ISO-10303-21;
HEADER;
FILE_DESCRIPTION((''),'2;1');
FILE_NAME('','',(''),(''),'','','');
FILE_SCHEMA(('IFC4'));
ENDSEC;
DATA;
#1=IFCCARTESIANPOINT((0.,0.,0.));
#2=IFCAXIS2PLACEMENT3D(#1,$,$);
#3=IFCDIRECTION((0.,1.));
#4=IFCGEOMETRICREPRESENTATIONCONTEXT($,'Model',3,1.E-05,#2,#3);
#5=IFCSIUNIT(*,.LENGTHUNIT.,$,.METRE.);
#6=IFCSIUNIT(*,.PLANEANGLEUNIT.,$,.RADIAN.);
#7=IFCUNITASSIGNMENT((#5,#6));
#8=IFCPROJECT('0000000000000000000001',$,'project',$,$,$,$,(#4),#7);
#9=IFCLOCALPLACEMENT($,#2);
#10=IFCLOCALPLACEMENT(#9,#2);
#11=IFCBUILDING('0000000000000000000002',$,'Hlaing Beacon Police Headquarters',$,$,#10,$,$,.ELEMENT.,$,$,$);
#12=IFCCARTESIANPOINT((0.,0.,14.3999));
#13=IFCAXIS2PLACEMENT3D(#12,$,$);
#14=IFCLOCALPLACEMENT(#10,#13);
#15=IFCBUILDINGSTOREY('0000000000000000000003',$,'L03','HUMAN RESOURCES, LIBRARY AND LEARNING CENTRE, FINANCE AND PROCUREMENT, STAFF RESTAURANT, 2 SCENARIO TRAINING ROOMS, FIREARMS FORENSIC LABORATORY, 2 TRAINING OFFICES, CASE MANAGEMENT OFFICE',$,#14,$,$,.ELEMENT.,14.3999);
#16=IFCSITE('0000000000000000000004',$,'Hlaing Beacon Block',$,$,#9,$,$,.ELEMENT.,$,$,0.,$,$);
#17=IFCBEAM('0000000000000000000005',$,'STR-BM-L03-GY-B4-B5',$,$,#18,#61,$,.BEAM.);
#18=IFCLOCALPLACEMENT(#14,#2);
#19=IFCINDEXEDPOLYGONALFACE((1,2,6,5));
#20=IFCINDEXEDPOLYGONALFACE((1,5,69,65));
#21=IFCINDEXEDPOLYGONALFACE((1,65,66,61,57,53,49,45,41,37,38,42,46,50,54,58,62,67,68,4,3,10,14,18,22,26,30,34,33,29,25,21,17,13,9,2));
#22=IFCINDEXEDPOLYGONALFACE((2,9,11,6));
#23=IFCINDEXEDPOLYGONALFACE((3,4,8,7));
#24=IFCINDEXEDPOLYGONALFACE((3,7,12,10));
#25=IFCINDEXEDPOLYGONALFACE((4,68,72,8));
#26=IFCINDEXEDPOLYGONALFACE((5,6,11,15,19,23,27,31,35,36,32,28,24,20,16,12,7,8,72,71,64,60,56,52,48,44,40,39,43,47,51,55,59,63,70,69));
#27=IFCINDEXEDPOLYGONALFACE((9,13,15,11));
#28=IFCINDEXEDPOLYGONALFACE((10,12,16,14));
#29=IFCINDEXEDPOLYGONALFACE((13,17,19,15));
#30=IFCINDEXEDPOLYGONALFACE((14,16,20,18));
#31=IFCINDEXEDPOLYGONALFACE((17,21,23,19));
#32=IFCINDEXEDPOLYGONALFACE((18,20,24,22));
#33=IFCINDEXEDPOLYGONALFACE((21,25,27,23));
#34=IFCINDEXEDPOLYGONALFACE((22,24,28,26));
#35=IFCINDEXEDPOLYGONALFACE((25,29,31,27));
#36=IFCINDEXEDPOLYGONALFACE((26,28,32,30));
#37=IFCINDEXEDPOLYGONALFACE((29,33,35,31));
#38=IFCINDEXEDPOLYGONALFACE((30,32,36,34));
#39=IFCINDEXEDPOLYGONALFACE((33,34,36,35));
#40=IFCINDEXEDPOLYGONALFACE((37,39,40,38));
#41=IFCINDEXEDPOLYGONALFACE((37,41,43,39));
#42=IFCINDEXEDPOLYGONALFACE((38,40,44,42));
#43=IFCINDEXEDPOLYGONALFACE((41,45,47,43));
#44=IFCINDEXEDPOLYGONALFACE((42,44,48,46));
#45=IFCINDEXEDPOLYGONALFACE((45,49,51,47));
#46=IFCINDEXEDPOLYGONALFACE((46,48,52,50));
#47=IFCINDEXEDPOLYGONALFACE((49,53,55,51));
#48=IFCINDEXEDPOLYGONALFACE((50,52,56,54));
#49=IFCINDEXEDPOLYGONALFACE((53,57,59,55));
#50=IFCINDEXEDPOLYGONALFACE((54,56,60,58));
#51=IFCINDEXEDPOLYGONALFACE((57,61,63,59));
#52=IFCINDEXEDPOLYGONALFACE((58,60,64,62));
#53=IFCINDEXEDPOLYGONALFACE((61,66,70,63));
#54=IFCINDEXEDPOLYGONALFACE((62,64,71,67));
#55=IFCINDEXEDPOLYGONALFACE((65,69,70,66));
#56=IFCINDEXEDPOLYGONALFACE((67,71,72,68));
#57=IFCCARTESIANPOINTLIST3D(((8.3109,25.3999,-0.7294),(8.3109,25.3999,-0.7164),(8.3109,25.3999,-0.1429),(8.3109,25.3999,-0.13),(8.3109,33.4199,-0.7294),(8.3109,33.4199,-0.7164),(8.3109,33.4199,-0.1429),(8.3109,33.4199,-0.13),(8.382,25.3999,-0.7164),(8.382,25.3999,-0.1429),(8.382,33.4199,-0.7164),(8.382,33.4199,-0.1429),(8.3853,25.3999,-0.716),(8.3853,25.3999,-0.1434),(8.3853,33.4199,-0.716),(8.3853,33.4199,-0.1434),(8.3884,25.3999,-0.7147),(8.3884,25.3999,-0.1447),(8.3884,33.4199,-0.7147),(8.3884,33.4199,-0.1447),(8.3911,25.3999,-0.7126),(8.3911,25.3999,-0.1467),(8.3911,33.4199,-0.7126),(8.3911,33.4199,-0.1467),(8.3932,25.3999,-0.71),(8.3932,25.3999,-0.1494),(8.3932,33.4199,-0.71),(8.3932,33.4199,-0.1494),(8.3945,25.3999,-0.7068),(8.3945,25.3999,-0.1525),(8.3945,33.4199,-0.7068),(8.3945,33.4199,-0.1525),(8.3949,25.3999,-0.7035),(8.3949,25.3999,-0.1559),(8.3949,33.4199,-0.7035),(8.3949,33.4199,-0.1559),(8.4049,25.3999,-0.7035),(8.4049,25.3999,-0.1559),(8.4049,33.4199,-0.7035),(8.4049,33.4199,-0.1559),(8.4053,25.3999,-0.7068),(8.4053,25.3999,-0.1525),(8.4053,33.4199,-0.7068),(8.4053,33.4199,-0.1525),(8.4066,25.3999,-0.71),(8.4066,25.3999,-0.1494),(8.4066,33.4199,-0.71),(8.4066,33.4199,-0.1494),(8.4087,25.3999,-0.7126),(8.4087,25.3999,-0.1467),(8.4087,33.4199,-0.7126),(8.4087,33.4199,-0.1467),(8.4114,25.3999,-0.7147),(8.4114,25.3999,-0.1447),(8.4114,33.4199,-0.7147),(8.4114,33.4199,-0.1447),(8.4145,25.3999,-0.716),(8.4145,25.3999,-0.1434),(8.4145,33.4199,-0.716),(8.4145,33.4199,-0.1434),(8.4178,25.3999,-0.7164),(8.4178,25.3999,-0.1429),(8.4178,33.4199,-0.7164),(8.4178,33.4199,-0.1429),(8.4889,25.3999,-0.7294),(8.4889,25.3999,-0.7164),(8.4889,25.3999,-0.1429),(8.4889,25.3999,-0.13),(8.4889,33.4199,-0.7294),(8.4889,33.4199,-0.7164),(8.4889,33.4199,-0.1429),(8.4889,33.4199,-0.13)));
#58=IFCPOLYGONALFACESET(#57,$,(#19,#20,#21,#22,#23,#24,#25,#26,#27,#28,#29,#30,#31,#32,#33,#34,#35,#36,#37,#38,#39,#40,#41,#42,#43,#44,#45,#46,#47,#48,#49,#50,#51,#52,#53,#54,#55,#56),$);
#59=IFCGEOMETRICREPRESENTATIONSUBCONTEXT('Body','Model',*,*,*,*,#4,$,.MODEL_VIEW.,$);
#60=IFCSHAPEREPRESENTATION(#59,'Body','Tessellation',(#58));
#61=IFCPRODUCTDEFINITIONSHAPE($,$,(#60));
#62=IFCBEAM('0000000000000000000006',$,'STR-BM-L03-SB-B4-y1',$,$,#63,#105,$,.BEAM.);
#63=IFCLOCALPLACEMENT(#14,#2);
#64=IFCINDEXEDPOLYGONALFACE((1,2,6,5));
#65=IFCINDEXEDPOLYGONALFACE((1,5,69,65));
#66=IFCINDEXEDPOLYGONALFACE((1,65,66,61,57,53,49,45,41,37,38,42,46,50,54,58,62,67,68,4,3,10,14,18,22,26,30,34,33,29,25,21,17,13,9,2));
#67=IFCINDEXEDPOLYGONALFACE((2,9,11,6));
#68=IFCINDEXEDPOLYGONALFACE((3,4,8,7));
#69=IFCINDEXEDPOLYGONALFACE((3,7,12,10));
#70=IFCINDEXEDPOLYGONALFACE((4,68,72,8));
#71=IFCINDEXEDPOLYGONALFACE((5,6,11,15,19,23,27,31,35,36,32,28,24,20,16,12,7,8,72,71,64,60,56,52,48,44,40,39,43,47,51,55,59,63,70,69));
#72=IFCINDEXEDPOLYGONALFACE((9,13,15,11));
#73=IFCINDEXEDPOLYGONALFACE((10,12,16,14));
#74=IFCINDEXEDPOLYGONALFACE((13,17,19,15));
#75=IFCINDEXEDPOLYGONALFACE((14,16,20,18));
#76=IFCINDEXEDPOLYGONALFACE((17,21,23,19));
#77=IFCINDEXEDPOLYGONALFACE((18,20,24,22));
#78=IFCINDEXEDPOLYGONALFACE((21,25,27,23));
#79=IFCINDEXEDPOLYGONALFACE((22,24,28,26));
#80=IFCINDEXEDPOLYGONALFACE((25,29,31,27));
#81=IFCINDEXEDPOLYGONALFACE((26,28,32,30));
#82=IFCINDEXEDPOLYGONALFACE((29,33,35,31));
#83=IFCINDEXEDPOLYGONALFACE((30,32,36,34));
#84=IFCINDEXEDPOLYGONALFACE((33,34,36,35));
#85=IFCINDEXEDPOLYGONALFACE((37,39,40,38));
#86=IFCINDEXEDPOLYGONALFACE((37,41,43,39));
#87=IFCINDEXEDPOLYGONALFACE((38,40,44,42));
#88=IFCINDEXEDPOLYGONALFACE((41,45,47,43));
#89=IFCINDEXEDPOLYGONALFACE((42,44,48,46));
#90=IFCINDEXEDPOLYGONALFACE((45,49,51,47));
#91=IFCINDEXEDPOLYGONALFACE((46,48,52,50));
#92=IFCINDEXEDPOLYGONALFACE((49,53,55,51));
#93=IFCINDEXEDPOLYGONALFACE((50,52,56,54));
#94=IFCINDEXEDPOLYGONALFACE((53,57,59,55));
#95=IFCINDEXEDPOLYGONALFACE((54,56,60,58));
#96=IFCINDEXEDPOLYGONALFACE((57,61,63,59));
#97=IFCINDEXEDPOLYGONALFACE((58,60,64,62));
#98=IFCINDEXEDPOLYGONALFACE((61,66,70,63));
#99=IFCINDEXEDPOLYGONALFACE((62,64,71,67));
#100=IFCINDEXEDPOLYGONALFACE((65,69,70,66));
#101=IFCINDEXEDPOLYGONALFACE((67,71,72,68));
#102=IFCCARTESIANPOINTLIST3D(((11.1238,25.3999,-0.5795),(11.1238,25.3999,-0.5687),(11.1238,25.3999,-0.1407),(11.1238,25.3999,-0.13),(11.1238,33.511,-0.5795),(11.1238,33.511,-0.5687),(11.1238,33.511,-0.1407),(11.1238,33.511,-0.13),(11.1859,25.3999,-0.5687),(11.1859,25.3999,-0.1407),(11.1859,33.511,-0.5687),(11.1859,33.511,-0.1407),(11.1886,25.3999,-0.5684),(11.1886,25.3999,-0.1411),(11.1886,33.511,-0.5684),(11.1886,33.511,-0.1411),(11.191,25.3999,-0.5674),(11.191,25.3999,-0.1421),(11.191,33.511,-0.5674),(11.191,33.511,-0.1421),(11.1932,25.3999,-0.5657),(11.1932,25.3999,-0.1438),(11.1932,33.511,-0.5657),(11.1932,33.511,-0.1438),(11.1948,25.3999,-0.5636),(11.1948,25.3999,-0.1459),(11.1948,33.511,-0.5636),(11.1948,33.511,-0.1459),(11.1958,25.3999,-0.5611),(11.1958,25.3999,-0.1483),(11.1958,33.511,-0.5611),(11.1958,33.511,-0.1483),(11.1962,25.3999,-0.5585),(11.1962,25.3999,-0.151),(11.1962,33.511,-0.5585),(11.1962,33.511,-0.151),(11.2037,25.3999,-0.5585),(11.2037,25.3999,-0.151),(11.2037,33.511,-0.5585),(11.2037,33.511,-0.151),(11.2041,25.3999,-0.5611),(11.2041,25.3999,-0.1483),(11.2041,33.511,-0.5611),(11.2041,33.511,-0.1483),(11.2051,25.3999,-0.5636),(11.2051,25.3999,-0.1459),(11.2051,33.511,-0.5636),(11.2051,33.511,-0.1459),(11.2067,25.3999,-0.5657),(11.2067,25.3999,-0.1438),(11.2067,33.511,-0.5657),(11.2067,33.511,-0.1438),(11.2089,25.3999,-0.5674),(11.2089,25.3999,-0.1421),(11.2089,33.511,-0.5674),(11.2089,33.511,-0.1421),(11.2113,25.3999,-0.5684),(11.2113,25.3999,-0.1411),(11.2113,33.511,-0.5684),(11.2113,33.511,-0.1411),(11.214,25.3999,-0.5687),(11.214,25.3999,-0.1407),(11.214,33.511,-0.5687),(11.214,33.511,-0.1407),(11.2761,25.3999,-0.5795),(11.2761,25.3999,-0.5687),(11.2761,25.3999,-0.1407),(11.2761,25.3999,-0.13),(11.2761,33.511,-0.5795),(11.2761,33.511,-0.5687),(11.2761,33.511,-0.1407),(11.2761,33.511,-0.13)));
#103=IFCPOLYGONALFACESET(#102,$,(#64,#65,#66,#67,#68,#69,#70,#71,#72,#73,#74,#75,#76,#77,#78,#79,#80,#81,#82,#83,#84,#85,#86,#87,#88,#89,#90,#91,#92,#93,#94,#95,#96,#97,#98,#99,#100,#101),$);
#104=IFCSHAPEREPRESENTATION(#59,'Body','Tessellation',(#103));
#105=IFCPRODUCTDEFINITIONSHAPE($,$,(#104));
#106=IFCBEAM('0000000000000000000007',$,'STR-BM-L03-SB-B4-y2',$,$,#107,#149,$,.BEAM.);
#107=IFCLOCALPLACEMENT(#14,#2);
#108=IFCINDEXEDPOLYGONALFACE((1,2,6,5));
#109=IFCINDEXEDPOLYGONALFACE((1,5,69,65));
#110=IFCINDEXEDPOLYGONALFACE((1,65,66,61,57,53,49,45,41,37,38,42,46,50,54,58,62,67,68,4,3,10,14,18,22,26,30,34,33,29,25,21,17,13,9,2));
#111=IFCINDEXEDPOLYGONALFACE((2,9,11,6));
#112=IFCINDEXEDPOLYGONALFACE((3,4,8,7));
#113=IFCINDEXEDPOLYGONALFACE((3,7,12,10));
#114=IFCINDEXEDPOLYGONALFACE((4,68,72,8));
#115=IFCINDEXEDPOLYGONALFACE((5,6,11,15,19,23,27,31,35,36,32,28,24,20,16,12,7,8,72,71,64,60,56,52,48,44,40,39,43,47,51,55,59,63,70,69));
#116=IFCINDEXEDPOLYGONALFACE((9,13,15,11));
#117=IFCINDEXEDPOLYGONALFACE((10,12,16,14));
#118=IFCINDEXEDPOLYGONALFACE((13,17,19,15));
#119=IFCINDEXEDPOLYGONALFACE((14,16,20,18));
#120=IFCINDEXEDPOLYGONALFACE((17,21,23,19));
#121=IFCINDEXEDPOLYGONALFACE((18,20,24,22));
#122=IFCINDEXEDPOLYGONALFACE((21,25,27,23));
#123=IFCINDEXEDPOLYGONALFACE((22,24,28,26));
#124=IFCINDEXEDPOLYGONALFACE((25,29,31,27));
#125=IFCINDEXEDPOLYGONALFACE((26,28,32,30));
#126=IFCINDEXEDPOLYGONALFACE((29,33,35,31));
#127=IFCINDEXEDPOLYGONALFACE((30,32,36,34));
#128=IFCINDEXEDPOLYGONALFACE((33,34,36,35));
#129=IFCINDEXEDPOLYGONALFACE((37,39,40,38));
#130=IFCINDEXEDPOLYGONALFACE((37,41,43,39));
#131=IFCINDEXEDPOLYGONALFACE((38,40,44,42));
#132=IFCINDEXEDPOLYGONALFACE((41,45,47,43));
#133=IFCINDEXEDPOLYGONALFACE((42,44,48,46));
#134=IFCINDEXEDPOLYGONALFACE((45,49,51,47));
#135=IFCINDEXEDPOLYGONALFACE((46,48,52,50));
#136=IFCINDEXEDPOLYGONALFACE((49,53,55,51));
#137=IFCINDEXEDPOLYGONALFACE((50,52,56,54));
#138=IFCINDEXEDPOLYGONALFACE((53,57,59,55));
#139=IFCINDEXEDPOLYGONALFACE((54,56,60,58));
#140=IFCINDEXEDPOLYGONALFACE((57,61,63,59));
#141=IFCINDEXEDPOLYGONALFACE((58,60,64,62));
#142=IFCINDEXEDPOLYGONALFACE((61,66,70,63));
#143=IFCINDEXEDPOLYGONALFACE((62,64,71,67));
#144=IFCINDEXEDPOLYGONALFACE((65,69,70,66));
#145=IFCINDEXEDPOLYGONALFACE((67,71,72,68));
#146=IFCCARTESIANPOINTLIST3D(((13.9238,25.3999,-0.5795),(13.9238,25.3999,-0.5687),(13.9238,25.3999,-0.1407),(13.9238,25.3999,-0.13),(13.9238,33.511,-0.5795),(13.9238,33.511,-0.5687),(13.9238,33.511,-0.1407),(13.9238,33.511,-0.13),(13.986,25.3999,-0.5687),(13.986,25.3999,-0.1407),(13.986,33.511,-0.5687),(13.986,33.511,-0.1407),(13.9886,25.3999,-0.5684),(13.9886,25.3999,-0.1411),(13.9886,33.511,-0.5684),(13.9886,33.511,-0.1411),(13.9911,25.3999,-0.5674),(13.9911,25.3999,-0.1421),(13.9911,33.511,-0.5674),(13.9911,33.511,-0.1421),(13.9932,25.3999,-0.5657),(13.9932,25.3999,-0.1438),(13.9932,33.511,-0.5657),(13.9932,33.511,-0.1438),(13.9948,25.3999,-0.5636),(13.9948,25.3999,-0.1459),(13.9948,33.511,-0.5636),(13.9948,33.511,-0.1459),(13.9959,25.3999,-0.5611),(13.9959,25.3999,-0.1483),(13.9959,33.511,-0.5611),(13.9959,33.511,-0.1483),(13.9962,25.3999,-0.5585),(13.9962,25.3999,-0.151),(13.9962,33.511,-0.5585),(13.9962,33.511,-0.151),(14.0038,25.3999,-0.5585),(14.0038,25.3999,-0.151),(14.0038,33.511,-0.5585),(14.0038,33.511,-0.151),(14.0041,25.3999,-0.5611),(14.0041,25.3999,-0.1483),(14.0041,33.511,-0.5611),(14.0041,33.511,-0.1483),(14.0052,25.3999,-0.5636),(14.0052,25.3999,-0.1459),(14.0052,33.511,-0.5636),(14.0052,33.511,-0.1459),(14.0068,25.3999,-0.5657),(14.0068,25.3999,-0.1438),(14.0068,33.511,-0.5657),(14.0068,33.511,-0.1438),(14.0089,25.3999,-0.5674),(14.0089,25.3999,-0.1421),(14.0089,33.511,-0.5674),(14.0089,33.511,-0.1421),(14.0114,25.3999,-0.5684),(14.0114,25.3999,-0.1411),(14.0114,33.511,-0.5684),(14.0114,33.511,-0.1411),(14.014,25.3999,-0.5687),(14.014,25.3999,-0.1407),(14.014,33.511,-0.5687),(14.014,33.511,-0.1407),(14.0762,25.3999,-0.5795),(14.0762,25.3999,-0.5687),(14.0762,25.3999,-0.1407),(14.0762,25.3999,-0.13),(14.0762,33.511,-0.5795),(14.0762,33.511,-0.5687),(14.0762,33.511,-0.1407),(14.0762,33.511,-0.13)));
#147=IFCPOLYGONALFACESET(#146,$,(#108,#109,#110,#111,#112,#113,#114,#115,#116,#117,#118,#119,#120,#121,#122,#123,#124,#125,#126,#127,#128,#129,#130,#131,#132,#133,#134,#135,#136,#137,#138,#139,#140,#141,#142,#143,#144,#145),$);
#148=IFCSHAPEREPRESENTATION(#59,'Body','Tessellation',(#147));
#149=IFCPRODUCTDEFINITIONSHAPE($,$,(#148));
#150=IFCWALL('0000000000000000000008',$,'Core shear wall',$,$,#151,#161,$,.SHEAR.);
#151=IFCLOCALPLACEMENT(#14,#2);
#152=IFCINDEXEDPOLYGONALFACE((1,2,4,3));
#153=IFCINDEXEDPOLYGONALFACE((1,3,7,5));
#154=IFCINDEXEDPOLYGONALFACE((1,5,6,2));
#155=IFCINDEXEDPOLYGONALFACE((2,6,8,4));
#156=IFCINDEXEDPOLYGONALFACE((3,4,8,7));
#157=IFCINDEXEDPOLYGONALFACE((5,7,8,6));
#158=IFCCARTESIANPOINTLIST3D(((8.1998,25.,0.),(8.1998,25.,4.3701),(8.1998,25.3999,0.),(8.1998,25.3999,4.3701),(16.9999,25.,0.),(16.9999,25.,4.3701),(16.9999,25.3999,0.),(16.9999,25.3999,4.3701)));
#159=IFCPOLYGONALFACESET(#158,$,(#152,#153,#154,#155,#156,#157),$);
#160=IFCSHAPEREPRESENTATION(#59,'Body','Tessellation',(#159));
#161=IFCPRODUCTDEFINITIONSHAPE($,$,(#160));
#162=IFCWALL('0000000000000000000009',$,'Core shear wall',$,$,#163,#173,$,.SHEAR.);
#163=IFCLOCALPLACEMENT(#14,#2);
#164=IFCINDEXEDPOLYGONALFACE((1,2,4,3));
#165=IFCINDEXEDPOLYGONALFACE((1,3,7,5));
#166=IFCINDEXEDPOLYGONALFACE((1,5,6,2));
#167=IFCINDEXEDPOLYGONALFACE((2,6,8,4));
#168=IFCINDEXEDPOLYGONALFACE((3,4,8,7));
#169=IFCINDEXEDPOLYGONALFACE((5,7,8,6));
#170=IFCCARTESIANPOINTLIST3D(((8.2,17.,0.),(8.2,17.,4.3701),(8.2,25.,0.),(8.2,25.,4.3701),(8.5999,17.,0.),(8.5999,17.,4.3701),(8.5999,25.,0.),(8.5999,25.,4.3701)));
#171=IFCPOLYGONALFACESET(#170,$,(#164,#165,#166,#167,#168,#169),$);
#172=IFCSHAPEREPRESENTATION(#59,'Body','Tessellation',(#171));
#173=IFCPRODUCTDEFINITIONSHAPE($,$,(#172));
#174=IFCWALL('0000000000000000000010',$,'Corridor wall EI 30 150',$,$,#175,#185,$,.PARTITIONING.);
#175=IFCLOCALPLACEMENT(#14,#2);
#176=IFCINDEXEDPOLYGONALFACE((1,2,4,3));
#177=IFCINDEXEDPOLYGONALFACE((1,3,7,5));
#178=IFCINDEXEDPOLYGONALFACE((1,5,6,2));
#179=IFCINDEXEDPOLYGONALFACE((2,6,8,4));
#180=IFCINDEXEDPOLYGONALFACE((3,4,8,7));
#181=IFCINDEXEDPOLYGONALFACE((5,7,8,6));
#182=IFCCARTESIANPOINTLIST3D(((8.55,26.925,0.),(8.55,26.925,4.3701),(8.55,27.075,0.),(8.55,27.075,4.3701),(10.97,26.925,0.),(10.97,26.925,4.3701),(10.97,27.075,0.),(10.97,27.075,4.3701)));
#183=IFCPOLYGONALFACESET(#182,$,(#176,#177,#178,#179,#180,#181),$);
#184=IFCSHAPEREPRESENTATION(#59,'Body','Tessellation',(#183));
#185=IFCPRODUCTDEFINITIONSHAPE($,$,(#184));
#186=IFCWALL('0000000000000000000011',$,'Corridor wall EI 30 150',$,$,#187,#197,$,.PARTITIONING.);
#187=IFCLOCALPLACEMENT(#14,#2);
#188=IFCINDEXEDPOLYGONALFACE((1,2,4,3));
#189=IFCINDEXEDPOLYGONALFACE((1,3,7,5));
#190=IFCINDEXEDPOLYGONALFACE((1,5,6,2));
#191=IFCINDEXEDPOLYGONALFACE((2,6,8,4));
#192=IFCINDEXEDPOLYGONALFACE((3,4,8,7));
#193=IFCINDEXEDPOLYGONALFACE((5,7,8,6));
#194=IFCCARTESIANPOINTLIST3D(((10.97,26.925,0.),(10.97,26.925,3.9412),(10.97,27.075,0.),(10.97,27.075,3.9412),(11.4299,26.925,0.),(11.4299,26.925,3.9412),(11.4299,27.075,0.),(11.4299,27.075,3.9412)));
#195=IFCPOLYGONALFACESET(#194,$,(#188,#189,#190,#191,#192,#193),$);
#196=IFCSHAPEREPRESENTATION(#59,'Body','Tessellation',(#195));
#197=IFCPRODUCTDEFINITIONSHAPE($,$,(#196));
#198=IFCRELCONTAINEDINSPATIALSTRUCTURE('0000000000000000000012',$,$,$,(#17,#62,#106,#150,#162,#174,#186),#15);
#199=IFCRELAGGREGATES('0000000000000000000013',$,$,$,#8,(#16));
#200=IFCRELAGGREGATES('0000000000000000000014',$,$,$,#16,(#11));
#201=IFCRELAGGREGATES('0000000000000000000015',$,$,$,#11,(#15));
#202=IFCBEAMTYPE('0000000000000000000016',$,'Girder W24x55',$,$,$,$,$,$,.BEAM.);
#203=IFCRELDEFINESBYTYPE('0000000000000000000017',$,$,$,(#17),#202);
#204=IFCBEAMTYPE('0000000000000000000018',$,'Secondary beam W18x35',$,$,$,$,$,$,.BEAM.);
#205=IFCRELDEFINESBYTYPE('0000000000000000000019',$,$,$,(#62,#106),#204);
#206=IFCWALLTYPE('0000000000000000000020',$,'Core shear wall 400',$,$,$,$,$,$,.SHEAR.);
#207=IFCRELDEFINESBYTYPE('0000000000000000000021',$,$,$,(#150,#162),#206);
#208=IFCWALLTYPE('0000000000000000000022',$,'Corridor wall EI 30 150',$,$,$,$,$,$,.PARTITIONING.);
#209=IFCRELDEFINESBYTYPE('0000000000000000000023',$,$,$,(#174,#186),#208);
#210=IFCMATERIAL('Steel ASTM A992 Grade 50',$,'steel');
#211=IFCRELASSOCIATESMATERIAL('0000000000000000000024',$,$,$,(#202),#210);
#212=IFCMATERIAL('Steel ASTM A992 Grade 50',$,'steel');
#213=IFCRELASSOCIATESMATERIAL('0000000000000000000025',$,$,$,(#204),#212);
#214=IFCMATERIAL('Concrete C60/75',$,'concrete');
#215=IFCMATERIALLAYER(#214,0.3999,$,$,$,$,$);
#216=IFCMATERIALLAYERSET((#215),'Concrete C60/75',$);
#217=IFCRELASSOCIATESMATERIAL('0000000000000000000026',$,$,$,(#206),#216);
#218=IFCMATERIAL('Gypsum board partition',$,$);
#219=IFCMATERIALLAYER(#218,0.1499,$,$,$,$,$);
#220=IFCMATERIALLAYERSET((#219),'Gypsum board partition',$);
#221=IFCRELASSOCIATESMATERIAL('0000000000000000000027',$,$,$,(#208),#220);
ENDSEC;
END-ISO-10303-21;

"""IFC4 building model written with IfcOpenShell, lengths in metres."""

from ifc_helpers import new_model, si_unit, direction, frame, frame_2d, origin, origin_2d, place, context, subcontext, project, spatial, rectangle, i_section, extrude, material, layer, layer_set, material_profile, profile_set, type_object, element, save


model = new_model("IFC4")

# Units and contexts
model_context = context("Model", 3, precision=1e-05, world=origin(), true_north=direction((0.0, 1.0)))
body_context = subcontext(model_context, "Body", "Model", "MODEL_VIEW")
ifc_project = project(units=[si_unit("LENGTHUNIT", "METRE"), si_unit("PLANEANGLEUNIT", "RADIAN")], contexts=[model_context])

# Site, building, storey
site_placement = place(None, origin())
site = spatial("IfcSite", under=ifc_project, at=site_placement, Name="Hlaing Beacon Block", CompositionType="ELEMENT", RefElevation=0.0)
building_placement = place(site_placement, origin())
building = spatial("IfcBuilding", under=site, at=building_placement, Name="Hlaing Beacon Police Headquarters", CompositionType="ELEMENT")
storey_placement = place(building_placement, frame((0.0, 0.0, 14.3999)))
storey = spatial("IfcBuildingStorey", under=building, at=storey_placement, Name="L03", Description="HUMAN RESOURCES, LIBRARY AND LEARNING CENTRE, FINANCE AND PROCUREMENT, STAFF RESTAURANT, 2 SCENARIO TRAINING ROOMS, FIREARMS FORENSIC LABORATORY, 2 TRAINING OFFICES, CASE MANAGEMENT OFFICE", CompositionType="ELEMENT", Elevation=14.3999)

# Beams
ifc_material_1 = material(Name="Steel ASTM A992 Grade 50", Category="steel")
ifc_material_profile_1 = material_profile(ifc_material_1, i_section(OverallWidth=0.178, OverallDepth=0.5994, WebThickness=0.01, FlangeThickness=0.0129, FilletRadius=0.0129, at=origin_2d()), Name="W24x55")
ifc_profile_set_1 = profile_set([ifc_material_profile_1], Name="Steel ASTM A992 Grade 50")
beam_type_1 = type_object("IfcBeamType", Name="Girder W24x55", PredefinedType="BEAM", material=ifc_profile_set_1)
beam_placement = place(storey_placement, frame((8.3999, 25.3999, -0.4297), z_axis=(0.0, 1.0, 0.0), x_axis=(-1.0, 0.0, 0.0)))
element("IfcBeam", 1, at=beam_placement, inside=storey, type_object=beam_type_1, Name="STR-BM-L03-GY-B4-B5", PredefinedType="BEAM", context=body_context, shape_type="SweptSolid", body=[
    extrude(i_section(OverallWidth=0.178, OverallDepth=0.5994, WebThickness=0.01, FlangeThickness=0.0129, FilletRadius=0.0129, at=origin_2d()), origin(), (0.0, 0.0, 1.0), 8.02),
])
ifc_material_2 = material(Name="Steel ASTM A992 Grade 50", Category="steel")
ifc_material_profile_2 = material_profile(ifc_material_2, i_section(OverallWidth=0.1523, OverallDepth=0.4495, WebThickness=0.0076, FlangeThickness=0.0107, FilletRadius=0.0103, at=origin_2d()), Name="W18x35")
ifc_profile_set_2 = profile_set([ifc_material_profile_2], Name="Steel ASTM A992 Grade 50")
beam_type_2 = type_object("IfcBeamType", Name="Secondary beam W18x35", PredefinedType="BEAM", material=ifc_profile_set_2)
for number, where, z_axis, x_axis, name in (
    (2, (11.2, 25.3999, -0.3547), (0.0, 1.0, 0.0), (-1.0, 0.0, 0.0), "STR-BM-L03-SB-B4-y1"),
    (3, (14.0, 25.3999, -0.3547), (0.0, 1.0, 0.0), (-1.0, 0.0, 0.0), "STR-BM-L03-SB-B4-y2"),
):
    element("IfcBeam", number, at=place(storey_placement, frame(where, z_axis=z_axis, x_axis=x_axis)), inside=storey, type_object=beam_type_2, Name=name, PredefinedType="BEAM", context=body_context, shape_type="SweptSolid", body=[
        extrude(i_section(OverallWidth=0.1523, OverallDepth=0.4495, WebThickness=0.0076, FlangeThickness=0.0107, FilletRadius=0.0103, at=origin_2d()), origin(), (0.0, 0.0, 1.0), 8.1111),
    ])

# Walls
ifc_material_3 = material(Name="Concrete C60/75", Category="concrete")
ifc_layer_1 = layer(ifc_material_3, 0.3999)
ifc_layer_set_1 = layer_set([ifc_layer_1], Name="Concrete C60/75")
wall_type_1 = type_object("IfcWallType", Name="Core shear wall 400", PredefinedType="SHEAR", material=ifc_layer_set_1)
wall_1_placement = place(storey_placement, frame((8.2, 25.2, 0.0), z_axis=(0.0, 0.0, 1.0), x_axis=(1.0, 0.0, 0.0)))
element("IfcWall", 4, at=wall_1_placement, inside=storey, type_object=wall_type_1, Name="Core shear wall", PredefinedType="SHEAR", context=body_context, shape_type="SweptSolid", body=[
    extrude(rectangle(XDim=8.8, YDim=0.3999, at=frame_2d((4.3999, 0.0))), origin(), (0.0, 0.0, 1.0), 4.3701),
])
wall_2_placement = place(storey_placement, frame((8.3999, 17.0, 0.0), z_axis=(0.0, 0.0, 1.0), x_axis=(0.0, 1.0, 0.0)))
element("IfcWall", 5, at=wall_2_placement, inside=storey, type_object=wall_type_1, Name="Core shear wall", PredefinedType="SHEAR", context=body_context, shape_type="SweptSolid", body=[
    extrude(rectangle(XDim=8.0, YDim=0.3999, at=frame_2d((4.0, 0.0))), origin(), (0.0, 0.0, 1.0), 4.3701),
])
ifc_material_4 = material(Name="Gypsum board partition")
ifc_layer_2 = layer(ifc_material_4, 0.1499)
ifc_layer_set_2 = layer_set([ifc_layer_2], Name="Gypsum board partition")
wall_type_2 = type_object("IfcWallType", Name="Corridor wall EI 30 150", PredefinedType="PARTITIONING", material=ifc_layer_set_2)
wall_3_placement = place(storey_placement, frame((8.55, 27.0, 0.0), z_axis=(0.0, 0.0, 1.0), x_axis=(1.0, 0.0, 0.0)))
element("IfcWall", 6, at=wall_3_placement, inside=storey, type_object=wall_type_2, Name="Corridor wall EI 30 150", PredefinedType="PARTITIONING", context=body_context, shape_type="SweptSolid", body=[
    extrude(rectangle(XDim=2.4199, YDim=0.1499, at=frame_2d((1.21, 0.0))), origin(), (0.0, 0.0, 1.0), 4.3701),
])
wall_4_placement = place(storey_placement, frame((10.97, 27.0, 0.0), z_axis=(0.0, 0.0, 1.0), x_axis=(1.0, 0.0, 0.0)))
element("IfcWall", 7, at=wall_4_placement, inside=storey, type_object=wall_type_2, Name="Corridor wall EI 30 150", PredefinedType="PARTITIONING", context=body_context, shape_type="SweptSolid", body=[
    extrude(rectangle(XDim=0.46, YDim=0.1499, at=frame_2d((0.23, 0.0))), origin(), (0.0, 0.0, 1.0), 3.9412),
])

save(model, "model.ifc")
